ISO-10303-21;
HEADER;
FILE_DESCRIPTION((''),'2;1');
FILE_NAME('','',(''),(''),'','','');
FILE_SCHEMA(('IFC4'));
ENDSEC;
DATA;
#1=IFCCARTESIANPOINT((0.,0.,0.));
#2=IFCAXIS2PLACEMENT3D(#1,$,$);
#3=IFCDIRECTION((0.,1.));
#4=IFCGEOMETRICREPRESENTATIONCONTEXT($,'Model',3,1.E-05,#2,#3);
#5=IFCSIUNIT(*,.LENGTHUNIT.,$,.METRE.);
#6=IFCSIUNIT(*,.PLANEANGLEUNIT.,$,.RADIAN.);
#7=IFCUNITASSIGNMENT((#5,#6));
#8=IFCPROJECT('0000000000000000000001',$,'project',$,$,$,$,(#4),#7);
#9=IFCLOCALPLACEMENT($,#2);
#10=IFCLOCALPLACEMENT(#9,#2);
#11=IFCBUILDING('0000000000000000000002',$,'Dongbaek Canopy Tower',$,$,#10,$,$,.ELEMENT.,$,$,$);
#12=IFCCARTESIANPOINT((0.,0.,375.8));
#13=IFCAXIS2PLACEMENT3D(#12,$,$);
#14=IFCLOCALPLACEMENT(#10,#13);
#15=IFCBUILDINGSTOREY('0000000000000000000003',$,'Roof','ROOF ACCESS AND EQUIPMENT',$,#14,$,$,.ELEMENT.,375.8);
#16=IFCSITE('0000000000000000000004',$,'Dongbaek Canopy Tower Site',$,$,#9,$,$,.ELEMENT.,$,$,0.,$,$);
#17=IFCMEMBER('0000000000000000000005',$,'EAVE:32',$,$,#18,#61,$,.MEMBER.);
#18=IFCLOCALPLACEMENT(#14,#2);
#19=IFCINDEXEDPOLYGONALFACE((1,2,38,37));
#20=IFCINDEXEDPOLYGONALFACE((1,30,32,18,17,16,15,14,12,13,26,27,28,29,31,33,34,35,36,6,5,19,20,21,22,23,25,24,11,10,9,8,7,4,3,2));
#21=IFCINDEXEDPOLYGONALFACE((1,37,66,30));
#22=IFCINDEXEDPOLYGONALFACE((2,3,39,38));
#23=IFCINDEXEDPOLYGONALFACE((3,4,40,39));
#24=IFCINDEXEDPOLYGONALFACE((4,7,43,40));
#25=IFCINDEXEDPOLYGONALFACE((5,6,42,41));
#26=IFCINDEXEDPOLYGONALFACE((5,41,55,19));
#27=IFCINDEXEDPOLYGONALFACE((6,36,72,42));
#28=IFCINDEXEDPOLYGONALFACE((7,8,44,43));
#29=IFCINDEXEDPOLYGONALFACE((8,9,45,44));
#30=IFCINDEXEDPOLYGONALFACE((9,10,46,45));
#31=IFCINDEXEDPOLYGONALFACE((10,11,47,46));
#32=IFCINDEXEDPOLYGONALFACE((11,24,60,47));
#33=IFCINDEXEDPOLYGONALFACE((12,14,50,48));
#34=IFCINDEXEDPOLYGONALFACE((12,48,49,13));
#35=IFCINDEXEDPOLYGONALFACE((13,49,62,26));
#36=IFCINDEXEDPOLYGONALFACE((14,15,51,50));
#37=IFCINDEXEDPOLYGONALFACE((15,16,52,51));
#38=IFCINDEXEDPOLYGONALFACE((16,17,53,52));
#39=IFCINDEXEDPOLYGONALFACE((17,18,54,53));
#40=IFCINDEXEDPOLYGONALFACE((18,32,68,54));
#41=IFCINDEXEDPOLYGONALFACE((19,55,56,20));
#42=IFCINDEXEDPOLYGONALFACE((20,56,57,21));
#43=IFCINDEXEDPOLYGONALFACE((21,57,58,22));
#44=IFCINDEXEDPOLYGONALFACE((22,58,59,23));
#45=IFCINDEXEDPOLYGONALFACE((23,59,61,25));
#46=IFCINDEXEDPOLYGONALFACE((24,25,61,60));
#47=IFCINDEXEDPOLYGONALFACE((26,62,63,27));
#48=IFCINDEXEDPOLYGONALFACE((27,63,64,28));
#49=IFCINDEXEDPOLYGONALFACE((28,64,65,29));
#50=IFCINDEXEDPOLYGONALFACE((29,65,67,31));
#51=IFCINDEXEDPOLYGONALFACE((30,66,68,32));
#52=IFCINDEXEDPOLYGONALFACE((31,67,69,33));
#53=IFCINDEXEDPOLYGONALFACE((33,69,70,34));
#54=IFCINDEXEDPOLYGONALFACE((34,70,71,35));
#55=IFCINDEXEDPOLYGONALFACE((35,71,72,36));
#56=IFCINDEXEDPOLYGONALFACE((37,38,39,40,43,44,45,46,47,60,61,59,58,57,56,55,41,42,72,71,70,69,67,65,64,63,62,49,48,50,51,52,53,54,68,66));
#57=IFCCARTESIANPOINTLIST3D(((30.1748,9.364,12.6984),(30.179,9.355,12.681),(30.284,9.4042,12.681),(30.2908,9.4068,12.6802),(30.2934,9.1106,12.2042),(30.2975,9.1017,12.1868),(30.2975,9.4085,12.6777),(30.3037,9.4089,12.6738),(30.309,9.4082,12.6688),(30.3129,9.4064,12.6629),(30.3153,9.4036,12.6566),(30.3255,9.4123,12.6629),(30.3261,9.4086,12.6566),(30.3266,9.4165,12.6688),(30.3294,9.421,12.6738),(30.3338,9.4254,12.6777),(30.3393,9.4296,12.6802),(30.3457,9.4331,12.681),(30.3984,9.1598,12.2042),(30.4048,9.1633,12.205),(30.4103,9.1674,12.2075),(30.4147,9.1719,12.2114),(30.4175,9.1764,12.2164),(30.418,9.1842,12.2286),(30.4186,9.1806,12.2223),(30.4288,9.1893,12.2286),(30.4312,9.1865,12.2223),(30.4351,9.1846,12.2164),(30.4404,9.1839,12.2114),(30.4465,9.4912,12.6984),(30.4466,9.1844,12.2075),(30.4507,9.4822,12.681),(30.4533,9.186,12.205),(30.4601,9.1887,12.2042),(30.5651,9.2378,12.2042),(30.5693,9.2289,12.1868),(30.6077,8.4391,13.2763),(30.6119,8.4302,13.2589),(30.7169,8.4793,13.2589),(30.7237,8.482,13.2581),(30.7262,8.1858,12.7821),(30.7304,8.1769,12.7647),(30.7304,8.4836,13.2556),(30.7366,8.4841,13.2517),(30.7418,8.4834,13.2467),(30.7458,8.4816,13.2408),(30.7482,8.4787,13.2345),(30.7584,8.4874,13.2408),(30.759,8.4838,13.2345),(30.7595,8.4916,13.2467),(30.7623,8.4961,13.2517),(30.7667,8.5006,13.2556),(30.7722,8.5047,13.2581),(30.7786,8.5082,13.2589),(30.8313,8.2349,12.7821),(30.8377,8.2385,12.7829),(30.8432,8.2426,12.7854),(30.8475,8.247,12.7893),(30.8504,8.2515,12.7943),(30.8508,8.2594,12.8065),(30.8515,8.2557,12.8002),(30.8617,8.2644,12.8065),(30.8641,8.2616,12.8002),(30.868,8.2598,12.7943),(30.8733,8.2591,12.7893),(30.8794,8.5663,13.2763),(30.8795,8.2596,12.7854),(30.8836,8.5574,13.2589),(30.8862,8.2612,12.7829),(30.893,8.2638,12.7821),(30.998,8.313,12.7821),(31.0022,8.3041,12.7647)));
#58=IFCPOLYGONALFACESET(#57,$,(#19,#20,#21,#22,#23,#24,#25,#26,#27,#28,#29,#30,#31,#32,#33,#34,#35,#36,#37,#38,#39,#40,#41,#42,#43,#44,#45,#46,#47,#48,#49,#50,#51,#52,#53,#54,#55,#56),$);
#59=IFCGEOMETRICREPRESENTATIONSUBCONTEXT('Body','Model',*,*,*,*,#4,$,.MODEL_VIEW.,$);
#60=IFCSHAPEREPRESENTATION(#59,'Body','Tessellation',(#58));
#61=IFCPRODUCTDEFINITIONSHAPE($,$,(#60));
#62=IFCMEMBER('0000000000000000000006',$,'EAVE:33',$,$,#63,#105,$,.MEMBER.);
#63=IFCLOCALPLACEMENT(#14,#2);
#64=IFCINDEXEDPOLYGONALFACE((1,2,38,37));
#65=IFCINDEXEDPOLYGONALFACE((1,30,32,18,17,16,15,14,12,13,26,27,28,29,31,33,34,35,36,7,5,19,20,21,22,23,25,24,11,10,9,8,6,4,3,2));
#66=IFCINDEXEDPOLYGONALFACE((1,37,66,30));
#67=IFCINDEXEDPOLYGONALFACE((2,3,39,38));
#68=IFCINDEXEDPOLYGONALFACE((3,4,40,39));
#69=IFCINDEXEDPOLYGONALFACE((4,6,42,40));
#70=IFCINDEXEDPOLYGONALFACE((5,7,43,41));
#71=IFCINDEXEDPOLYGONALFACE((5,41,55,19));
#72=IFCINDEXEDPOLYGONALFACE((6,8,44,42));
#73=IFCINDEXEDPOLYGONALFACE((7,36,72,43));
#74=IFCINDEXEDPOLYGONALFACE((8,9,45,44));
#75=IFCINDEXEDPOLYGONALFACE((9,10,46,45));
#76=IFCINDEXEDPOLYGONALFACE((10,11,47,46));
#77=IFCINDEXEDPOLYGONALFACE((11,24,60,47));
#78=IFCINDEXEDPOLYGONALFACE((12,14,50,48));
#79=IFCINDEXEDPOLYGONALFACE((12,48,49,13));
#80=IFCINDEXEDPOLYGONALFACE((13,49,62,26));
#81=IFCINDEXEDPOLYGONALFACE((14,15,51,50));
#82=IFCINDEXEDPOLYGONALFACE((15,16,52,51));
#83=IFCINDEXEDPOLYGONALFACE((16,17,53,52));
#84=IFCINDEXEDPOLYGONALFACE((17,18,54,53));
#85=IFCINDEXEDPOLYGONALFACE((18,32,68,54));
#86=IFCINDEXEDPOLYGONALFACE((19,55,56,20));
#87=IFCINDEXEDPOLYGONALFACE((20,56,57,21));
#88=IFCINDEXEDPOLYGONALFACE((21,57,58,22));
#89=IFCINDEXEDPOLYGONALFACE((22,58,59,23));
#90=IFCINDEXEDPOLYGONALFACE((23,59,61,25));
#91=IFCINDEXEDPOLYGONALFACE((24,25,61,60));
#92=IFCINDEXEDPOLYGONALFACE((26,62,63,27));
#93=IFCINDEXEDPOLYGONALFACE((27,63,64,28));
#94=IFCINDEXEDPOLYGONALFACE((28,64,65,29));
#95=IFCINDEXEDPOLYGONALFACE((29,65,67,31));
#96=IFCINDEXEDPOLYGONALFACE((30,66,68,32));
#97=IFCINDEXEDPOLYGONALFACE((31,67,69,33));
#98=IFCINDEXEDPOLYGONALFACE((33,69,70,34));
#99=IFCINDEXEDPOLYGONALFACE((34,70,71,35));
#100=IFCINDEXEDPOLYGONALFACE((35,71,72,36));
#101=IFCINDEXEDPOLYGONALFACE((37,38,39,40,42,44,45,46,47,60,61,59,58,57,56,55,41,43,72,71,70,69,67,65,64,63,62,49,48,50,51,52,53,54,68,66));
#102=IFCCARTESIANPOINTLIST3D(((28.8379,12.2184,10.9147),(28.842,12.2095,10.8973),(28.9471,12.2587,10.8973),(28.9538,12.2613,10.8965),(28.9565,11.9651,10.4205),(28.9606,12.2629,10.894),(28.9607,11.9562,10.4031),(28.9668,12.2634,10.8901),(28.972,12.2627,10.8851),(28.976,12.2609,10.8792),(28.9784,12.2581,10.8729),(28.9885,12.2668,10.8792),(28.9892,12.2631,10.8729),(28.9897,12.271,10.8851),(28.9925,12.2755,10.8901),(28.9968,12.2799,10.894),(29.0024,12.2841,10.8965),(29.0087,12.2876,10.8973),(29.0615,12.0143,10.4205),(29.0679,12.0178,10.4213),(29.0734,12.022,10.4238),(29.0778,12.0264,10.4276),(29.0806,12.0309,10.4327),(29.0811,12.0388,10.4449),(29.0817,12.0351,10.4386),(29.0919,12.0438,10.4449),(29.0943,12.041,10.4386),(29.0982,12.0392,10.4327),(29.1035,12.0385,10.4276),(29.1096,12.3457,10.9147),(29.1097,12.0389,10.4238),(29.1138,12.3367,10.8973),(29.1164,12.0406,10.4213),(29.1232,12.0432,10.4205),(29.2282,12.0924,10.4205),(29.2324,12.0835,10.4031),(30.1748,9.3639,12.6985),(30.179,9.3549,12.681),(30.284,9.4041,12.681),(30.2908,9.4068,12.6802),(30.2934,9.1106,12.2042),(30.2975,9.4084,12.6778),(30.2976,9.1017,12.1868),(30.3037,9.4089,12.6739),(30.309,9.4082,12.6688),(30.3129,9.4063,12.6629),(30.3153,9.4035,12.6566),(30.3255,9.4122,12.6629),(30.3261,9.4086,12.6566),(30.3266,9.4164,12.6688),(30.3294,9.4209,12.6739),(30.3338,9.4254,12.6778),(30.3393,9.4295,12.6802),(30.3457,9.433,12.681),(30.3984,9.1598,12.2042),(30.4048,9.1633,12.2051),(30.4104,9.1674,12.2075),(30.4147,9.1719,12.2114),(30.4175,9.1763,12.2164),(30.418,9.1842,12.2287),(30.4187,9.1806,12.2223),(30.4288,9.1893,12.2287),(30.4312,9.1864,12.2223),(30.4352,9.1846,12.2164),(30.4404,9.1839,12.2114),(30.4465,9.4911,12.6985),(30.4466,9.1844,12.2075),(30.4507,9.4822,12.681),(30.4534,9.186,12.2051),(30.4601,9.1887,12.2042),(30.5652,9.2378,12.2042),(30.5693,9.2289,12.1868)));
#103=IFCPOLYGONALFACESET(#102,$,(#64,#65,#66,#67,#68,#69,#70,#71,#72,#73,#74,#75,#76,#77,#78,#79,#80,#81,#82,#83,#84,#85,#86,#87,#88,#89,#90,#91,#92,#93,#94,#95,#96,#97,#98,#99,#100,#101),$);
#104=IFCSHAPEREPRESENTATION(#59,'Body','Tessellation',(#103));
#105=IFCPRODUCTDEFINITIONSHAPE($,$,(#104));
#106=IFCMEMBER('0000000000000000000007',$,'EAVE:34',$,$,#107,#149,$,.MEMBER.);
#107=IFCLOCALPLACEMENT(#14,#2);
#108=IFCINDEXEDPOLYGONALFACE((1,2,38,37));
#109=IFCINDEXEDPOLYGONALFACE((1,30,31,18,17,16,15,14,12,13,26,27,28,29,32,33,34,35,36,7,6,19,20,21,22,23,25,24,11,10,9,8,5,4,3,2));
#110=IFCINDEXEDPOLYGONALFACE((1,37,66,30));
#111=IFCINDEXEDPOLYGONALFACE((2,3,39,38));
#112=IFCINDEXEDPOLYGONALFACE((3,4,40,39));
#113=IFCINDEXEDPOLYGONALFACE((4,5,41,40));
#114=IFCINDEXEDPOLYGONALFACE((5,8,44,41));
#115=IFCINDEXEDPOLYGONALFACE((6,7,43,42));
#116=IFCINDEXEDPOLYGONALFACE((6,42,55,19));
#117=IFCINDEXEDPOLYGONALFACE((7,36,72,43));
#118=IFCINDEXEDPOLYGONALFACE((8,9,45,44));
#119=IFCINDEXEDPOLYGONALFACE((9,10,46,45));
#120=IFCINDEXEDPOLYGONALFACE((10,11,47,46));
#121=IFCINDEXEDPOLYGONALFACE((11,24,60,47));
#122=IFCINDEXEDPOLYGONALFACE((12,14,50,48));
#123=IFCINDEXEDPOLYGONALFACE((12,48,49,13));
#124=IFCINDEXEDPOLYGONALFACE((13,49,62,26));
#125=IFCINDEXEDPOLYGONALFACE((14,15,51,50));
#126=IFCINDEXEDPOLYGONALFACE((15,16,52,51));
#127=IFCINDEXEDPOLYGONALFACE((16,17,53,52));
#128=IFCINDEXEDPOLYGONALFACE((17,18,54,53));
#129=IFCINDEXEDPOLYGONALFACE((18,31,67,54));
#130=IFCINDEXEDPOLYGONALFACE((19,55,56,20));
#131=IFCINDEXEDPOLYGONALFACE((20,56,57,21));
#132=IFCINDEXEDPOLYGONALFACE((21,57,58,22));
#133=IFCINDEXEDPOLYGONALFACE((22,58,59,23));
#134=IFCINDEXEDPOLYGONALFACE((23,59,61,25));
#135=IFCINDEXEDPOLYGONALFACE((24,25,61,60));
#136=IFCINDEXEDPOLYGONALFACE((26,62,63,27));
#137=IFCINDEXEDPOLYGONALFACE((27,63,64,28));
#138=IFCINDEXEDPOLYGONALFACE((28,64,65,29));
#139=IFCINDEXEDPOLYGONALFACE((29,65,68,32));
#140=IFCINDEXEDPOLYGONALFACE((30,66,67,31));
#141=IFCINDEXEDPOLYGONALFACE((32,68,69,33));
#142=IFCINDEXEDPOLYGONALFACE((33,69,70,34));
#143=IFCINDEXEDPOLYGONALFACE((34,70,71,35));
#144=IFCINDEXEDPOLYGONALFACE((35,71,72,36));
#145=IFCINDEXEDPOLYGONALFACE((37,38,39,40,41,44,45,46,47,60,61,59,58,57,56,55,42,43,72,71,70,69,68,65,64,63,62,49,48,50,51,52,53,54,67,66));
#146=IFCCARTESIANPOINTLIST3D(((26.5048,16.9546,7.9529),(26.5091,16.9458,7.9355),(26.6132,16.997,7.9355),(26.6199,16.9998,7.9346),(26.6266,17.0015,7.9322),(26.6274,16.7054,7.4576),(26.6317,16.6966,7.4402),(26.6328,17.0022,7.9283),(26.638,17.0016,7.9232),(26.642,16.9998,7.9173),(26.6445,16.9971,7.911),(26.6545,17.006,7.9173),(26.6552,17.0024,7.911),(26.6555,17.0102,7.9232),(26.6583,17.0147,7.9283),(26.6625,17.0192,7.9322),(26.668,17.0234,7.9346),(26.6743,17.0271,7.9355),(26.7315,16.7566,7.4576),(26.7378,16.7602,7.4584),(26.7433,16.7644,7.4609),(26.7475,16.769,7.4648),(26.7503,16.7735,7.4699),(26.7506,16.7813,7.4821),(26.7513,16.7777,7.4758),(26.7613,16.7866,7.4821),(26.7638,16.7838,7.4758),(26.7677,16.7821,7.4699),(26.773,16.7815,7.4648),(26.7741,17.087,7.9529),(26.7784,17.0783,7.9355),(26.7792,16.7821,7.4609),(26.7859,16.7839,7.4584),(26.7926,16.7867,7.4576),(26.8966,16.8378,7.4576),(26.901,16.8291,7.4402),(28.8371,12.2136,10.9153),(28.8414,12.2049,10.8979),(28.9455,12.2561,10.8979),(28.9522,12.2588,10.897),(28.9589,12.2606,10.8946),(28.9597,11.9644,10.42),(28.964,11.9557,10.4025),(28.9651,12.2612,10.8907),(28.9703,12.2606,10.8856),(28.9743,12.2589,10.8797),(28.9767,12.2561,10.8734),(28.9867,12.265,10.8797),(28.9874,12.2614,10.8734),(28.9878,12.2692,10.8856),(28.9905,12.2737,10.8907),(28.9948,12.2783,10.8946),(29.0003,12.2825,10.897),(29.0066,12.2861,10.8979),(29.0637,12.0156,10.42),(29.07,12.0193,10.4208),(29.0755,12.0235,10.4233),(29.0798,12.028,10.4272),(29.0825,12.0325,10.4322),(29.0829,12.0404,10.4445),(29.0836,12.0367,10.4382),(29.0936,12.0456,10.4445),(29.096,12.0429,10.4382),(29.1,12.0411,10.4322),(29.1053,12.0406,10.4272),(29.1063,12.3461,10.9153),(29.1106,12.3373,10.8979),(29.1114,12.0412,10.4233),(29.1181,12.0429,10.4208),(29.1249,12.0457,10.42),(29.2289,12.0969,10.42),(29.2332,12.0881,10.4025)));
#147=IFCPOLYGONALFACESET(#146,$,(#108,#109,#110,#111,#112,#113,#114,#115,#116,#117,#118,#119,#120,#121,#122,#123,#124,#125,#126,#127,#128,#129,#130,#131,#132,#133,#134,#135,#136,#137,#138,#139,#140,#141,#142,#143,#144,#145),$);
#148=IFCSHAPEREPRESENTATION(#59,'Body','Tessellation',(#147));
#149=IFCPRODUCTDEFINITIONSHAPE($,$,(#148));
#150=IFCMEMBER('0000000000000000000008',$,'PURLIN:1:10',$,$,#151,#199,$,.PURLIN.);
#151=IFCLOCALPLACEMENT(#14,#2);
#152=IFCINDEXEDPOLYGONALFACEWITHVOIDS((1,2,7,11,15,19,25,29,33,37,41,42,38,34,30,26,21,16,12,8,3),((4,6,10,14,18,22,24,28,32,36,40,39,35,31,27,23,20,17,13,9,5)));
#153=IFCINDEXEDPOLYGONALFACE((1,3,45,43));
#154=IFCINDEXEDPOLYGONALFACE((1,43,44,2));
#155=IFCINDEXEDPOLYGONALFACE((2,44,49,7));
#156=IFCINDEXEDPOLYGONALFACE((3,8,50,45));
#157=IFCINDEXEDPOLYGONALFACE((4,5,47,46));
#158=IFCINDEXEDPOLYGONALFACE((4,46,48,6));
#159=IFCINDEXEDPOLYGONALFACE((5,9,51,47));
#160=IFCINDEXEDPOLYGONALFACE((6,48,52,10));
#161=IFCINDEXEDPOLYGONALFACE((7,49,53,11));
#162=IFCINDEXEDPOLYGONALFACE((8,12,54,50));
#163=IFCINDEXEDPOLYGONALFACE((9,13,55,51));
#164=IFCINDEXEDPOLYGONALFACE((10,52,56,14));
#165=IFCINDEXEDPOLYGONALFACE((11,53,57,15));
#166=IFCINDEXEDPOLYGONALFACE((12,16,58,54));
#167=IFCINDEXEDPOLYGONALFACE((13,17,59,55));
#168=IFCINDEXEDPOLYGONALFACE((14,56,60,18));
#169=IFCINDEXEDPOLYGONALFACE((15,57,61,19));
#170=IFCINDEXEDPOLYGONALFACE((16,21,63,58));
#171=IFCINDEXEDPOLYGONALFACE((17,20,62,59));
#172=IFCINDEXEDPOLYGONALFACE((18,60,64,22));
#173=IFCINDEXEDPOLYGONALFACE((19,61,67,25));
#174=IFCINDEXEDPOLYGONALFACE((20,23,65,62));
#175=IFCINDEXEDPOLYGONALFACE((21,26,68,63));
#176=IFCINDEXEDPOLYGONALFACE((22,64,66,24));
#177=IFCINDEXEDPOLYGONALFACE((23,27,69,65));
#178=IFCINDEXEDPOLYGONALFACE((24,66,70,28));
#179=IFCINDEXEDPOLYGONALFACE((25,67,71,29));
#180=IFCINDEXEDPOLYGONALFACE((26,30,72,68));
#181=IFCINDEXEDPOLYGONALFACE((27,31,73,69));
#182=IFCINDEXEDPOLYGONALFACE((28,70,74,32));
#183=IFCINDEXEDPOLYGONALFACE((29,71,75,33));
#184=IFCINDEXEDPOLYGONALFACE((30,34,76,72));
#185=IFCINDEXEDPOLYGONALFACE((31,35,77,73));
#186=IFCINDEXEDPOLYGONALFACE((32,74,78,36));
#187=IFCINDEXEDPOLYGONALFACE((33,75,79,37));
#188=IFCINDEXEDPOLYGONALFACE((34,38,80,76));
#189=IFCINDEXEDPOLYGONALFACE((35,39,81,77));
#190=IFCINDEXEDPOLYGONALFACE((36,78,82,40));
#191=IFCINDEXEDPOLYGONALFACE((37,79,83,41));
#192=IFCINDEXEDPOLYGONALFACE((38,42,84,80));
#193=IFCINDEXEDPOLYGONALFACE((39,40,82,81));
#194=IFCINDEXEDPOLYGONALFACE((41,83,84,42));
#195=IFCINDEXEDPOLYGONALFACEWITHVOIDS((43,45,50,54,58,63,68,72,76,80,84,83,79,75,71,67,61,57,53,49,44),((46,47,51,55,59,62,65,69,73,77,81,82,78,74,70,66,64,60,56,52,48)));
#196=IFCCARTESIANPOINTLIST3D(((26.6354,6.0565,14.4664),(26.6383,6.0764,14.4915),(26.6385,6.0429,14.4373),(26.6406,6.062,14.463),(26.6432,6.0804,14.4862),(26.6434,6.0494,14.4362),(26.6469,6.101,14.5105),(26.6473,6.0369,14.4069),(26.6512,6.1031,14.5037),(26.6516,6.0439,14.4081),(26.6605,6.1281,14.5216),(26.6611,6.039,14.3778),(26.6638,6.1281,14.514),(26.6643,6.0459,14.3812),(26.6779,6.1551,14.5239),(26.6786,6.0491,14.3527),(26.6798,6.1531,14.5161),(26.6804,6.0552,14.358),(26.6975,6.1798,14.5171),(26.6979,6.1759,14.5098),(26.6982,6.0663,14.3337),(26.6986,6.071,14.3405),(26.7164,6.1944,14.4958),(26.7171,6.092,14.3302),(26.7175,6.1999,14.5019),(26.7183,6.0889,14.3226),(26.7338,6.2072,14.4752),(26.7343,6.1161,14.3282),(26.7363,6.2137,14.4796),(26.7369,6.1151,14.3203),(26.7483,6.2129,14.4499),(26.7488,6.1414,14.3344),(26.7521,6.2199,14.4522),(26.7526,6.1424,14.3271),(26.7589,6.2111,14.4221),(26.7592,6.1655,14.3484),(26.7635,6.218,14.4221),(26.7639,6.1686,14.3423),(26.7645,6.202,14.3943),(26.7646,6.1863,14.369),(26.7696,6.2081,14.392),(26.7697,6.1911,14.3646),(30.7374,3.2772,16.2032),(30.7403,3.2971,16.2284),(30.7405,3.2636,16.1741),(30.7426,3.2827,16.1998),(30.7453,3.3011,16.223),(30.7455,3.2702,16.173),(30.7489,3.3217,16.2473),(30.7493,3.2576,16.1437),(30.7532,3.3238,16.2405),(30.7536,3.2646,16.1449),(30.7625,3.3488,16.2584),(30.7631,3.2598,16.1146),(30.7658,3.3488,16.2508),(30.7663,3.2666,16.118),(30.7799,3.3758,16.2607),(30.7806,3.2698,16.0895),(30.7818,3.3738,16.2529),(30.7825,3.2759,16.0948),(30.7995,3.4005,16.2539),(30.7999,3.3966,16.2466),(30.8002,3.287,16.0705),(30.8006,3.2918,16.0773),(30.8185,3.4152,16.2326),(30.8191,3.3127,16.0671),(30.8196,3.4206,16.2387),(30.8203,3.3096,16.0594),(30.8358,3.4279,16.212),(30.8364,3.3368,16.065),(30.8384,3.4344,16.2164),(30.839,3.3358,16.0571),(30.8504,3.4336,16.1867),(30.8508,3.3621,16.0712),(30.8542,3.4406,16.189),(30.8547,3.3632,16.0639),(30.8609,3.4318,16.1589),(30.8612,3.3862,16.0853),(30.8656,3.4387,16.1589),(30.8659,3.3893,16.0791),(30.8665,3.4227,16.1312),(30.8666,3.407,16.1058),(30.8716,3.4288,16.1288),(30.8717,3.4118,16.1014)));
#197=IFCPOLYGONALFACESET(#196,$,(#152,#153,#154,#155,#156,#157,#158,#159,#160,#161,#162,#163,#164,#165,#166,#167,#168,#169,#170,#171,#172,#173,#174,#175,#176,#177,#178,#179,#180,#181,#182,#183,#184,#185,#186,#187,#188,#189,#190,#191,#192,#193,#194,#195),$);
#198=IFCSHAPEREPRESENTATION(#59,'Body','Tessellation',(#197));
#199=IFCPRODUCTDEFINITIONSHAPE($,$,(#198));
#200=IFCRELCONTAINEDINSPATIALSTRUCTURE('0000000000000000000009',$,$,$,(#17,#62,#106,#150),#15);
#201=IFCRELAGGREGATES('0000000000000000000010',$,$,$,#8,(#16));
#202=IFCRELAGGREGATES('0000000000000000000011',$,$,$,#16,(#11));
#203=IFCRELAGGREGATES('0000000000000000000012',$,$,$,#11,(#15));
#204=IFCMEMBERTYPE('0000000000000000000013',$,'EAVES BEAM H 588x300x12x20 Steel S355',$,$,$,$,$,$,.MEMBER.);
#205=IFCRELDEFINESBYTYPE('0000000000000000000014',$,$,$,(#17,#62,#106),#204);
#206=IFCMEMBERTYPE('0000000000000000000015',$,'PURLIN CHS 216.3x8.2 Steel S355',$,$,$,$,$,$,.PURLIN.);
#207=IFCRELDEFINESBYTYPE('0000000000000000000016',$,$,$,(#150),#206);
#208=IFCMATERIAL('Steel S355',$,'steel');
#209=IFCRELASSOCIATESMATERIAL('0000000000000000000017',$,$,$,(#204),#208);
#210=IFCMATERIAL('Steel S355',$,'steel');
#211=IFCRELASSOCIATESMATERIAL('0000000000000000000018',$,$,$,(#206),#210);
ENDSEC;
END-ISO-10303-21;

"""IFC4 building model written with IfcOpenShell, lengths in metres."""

from ifc_helpers import new_model, si_unit, direction, frame, origin, origin_2d, place, context, subcontext, project, spatial, hollow_circle, i_section, extrude, material, material_profile, profile_set, type_object, element, save


model = new_model("IFC4")

# Units and contexts
model_context = context("Model", 3, precision=1e-05, world=origin(), true_north=direction((0.0, 1.0)))
body_context = subcontext(model_context, "Body", "Model", "MODEL_VIEW")
ifc_project = project(units=[si_unit("LENGTHUNIT", "METRE"), si_unit("PLANEANGLEUNIT", "RADIAN")], contexts=[model_context])

# Site, building, storey
site_placement = place(None, origin())
site = spatial("IfcSite", under=ifc_project, at=site_placement, Name="Dongbaek Canopy Tower Site", CompositionType="ELEMENT", RefElevation=0.0)
building_placement = place(site_placement, origin())
building = spatial("IfcBuilding", under=site, at=building_placement, Name="Dongbaek Canopy Tower", CompositionType="ELEMENT")
storey_placement = place(building_placement, frame((0.0, 0.0, 375.8)))
storey = spatial("IfcBuildingStorey", under=building, at=storey_placement, Name="Roof", Description="ROOF ACCESS AND EQUIPMENT", CompositionType="ELEMENT", Elevation=375.8)

# Members
ifc_material_1 = material(Name="Steel S355", Category="steel")
ifc_material_profile_1 = material_profile(ifc_material_1, i_section(OverallWidth=0.3, OverallDepth=0.5879, WebThickness=0.012, FlangeThickness=0.02, FilletRadius=0.0281, at=origin_2d()), Name="EAVES BEAM H 588x300x12x20 Steel S355")
ifc_profile_set_1 = profile_set([ifc_material_profile_1], Name="Steel S355")
member_type_1 = type_object("IfcMemberType", Name="EAVES BEAM H 588x300x12x20 Steel S355", PredefinedType="MEMBER", material=ifc_profile_set_1)
member_1_placement = place(storey_placement, frame((30.8049, 8.3716, 13.0205), z_axis=(-0.368934, 0.788224, -0.492536), x_axis=(-0.9057, -0.423919, 0.0)))
element("IfcMember", 1, at=member_1_placement, inside=storey, type_object=member_type_1, Name="EAVE:32", PredefinedType="MEMBER", context=body_context, shape_type="SweptSolid", body=[
    extrude(i_section(OverallWidth=0.3, OverallDepth=0.5879, WebThickness=0.012, FlangeThickness=0.02, FilletRadius=0.0281, at=origin_2d()), origin(), (0.0, 0.0, 1.0), 1.1733),
])
member_2_placement = place(storey_placement, frame((30.3721, 9.2964, 12.4426), z_axis=(-0.369136, 0.788154, -0.492495), x_axis=(-0.905597, -0.42414, 0.0)))
element("IfcMember", 2, at=member_2_placement, inside=storey, type_object=member_type_1, Name="EAVE:33", PredefinedType="MEMBER", context=body_context, shape_type="SweptSolid", body=[
    extrude(i_section(OverallWidth=0.3, OverallDepth=0.5879, WebThickness=0.012, FlangeThickness=0.02, FilletRadius=0.0281, at=origin_2d()), origin(), (0.0, 0.0, 1.0), 3.6218),
])
member_3_placement = place(storey_placement, frame((29.0352, 12.1509, 10.6589), z_axis=(-0.385029, 0.782673, -0.489055), x_axis=(-0.897301, -0.441419, 0.0)))
element("IfcMember", 3, at=member_3_placement, inside=storey, type_object=member_type_1, Name="EAVE:34", PredefinedType="MEMBER", context=body_context, shape_type="SweptSolid", body=[
    extrude(i_section(OverallWidth=0.3, OverallDepth=0.5879, WebThickness=0.012, FlangeThickness=0.02, FilletRadius=0.0281, at=origin_2d()), origin(), (0.0, 0.0, 1.0), 6.0574),
])
ifc_material_2 = material(Name="Steel S355", Category="steel")
ifc_material_profile_2 = material_profile(ifc_material_2, hollow_circle(Radius=0.1082, WallThickness=0.0083, at=origin_2d()), Name="PURLIN CHS 216.3x8.2 Steel S355")
ifc_profile_set_2 = profile_set([ifc_material_profile_2], Name="Steel S355")
member_type_2 = type_object("IfcMemberType", Name="PURLIN CHS 216.3x8.2 Steel S355", PredefinedType="PURLIN", material=ifc_profile_set_2)
member_4_placement = place(storey_placement, frame((26.7029, 6.1284, 14.4221), z_axis=(0.781267, -0.529339, 0.33079), x_axis=(0.560916, 0.827873, 0.0)))
element("IfcMember", 4, at=member_4_placement, inside=storey, type_object=member_type_2, Name="PURLIN:1:10", PredefinedType="PURLIN", context=body_context, shape_type="SweptSolid", body=[
    extrude(hollow_circle(Radius=0.1082, WallThickness=0.0083, at=origin_2d()), origin(), (0.0, 0.0, 1.0), 5.2505),
])

save(model, "model.ifc")
